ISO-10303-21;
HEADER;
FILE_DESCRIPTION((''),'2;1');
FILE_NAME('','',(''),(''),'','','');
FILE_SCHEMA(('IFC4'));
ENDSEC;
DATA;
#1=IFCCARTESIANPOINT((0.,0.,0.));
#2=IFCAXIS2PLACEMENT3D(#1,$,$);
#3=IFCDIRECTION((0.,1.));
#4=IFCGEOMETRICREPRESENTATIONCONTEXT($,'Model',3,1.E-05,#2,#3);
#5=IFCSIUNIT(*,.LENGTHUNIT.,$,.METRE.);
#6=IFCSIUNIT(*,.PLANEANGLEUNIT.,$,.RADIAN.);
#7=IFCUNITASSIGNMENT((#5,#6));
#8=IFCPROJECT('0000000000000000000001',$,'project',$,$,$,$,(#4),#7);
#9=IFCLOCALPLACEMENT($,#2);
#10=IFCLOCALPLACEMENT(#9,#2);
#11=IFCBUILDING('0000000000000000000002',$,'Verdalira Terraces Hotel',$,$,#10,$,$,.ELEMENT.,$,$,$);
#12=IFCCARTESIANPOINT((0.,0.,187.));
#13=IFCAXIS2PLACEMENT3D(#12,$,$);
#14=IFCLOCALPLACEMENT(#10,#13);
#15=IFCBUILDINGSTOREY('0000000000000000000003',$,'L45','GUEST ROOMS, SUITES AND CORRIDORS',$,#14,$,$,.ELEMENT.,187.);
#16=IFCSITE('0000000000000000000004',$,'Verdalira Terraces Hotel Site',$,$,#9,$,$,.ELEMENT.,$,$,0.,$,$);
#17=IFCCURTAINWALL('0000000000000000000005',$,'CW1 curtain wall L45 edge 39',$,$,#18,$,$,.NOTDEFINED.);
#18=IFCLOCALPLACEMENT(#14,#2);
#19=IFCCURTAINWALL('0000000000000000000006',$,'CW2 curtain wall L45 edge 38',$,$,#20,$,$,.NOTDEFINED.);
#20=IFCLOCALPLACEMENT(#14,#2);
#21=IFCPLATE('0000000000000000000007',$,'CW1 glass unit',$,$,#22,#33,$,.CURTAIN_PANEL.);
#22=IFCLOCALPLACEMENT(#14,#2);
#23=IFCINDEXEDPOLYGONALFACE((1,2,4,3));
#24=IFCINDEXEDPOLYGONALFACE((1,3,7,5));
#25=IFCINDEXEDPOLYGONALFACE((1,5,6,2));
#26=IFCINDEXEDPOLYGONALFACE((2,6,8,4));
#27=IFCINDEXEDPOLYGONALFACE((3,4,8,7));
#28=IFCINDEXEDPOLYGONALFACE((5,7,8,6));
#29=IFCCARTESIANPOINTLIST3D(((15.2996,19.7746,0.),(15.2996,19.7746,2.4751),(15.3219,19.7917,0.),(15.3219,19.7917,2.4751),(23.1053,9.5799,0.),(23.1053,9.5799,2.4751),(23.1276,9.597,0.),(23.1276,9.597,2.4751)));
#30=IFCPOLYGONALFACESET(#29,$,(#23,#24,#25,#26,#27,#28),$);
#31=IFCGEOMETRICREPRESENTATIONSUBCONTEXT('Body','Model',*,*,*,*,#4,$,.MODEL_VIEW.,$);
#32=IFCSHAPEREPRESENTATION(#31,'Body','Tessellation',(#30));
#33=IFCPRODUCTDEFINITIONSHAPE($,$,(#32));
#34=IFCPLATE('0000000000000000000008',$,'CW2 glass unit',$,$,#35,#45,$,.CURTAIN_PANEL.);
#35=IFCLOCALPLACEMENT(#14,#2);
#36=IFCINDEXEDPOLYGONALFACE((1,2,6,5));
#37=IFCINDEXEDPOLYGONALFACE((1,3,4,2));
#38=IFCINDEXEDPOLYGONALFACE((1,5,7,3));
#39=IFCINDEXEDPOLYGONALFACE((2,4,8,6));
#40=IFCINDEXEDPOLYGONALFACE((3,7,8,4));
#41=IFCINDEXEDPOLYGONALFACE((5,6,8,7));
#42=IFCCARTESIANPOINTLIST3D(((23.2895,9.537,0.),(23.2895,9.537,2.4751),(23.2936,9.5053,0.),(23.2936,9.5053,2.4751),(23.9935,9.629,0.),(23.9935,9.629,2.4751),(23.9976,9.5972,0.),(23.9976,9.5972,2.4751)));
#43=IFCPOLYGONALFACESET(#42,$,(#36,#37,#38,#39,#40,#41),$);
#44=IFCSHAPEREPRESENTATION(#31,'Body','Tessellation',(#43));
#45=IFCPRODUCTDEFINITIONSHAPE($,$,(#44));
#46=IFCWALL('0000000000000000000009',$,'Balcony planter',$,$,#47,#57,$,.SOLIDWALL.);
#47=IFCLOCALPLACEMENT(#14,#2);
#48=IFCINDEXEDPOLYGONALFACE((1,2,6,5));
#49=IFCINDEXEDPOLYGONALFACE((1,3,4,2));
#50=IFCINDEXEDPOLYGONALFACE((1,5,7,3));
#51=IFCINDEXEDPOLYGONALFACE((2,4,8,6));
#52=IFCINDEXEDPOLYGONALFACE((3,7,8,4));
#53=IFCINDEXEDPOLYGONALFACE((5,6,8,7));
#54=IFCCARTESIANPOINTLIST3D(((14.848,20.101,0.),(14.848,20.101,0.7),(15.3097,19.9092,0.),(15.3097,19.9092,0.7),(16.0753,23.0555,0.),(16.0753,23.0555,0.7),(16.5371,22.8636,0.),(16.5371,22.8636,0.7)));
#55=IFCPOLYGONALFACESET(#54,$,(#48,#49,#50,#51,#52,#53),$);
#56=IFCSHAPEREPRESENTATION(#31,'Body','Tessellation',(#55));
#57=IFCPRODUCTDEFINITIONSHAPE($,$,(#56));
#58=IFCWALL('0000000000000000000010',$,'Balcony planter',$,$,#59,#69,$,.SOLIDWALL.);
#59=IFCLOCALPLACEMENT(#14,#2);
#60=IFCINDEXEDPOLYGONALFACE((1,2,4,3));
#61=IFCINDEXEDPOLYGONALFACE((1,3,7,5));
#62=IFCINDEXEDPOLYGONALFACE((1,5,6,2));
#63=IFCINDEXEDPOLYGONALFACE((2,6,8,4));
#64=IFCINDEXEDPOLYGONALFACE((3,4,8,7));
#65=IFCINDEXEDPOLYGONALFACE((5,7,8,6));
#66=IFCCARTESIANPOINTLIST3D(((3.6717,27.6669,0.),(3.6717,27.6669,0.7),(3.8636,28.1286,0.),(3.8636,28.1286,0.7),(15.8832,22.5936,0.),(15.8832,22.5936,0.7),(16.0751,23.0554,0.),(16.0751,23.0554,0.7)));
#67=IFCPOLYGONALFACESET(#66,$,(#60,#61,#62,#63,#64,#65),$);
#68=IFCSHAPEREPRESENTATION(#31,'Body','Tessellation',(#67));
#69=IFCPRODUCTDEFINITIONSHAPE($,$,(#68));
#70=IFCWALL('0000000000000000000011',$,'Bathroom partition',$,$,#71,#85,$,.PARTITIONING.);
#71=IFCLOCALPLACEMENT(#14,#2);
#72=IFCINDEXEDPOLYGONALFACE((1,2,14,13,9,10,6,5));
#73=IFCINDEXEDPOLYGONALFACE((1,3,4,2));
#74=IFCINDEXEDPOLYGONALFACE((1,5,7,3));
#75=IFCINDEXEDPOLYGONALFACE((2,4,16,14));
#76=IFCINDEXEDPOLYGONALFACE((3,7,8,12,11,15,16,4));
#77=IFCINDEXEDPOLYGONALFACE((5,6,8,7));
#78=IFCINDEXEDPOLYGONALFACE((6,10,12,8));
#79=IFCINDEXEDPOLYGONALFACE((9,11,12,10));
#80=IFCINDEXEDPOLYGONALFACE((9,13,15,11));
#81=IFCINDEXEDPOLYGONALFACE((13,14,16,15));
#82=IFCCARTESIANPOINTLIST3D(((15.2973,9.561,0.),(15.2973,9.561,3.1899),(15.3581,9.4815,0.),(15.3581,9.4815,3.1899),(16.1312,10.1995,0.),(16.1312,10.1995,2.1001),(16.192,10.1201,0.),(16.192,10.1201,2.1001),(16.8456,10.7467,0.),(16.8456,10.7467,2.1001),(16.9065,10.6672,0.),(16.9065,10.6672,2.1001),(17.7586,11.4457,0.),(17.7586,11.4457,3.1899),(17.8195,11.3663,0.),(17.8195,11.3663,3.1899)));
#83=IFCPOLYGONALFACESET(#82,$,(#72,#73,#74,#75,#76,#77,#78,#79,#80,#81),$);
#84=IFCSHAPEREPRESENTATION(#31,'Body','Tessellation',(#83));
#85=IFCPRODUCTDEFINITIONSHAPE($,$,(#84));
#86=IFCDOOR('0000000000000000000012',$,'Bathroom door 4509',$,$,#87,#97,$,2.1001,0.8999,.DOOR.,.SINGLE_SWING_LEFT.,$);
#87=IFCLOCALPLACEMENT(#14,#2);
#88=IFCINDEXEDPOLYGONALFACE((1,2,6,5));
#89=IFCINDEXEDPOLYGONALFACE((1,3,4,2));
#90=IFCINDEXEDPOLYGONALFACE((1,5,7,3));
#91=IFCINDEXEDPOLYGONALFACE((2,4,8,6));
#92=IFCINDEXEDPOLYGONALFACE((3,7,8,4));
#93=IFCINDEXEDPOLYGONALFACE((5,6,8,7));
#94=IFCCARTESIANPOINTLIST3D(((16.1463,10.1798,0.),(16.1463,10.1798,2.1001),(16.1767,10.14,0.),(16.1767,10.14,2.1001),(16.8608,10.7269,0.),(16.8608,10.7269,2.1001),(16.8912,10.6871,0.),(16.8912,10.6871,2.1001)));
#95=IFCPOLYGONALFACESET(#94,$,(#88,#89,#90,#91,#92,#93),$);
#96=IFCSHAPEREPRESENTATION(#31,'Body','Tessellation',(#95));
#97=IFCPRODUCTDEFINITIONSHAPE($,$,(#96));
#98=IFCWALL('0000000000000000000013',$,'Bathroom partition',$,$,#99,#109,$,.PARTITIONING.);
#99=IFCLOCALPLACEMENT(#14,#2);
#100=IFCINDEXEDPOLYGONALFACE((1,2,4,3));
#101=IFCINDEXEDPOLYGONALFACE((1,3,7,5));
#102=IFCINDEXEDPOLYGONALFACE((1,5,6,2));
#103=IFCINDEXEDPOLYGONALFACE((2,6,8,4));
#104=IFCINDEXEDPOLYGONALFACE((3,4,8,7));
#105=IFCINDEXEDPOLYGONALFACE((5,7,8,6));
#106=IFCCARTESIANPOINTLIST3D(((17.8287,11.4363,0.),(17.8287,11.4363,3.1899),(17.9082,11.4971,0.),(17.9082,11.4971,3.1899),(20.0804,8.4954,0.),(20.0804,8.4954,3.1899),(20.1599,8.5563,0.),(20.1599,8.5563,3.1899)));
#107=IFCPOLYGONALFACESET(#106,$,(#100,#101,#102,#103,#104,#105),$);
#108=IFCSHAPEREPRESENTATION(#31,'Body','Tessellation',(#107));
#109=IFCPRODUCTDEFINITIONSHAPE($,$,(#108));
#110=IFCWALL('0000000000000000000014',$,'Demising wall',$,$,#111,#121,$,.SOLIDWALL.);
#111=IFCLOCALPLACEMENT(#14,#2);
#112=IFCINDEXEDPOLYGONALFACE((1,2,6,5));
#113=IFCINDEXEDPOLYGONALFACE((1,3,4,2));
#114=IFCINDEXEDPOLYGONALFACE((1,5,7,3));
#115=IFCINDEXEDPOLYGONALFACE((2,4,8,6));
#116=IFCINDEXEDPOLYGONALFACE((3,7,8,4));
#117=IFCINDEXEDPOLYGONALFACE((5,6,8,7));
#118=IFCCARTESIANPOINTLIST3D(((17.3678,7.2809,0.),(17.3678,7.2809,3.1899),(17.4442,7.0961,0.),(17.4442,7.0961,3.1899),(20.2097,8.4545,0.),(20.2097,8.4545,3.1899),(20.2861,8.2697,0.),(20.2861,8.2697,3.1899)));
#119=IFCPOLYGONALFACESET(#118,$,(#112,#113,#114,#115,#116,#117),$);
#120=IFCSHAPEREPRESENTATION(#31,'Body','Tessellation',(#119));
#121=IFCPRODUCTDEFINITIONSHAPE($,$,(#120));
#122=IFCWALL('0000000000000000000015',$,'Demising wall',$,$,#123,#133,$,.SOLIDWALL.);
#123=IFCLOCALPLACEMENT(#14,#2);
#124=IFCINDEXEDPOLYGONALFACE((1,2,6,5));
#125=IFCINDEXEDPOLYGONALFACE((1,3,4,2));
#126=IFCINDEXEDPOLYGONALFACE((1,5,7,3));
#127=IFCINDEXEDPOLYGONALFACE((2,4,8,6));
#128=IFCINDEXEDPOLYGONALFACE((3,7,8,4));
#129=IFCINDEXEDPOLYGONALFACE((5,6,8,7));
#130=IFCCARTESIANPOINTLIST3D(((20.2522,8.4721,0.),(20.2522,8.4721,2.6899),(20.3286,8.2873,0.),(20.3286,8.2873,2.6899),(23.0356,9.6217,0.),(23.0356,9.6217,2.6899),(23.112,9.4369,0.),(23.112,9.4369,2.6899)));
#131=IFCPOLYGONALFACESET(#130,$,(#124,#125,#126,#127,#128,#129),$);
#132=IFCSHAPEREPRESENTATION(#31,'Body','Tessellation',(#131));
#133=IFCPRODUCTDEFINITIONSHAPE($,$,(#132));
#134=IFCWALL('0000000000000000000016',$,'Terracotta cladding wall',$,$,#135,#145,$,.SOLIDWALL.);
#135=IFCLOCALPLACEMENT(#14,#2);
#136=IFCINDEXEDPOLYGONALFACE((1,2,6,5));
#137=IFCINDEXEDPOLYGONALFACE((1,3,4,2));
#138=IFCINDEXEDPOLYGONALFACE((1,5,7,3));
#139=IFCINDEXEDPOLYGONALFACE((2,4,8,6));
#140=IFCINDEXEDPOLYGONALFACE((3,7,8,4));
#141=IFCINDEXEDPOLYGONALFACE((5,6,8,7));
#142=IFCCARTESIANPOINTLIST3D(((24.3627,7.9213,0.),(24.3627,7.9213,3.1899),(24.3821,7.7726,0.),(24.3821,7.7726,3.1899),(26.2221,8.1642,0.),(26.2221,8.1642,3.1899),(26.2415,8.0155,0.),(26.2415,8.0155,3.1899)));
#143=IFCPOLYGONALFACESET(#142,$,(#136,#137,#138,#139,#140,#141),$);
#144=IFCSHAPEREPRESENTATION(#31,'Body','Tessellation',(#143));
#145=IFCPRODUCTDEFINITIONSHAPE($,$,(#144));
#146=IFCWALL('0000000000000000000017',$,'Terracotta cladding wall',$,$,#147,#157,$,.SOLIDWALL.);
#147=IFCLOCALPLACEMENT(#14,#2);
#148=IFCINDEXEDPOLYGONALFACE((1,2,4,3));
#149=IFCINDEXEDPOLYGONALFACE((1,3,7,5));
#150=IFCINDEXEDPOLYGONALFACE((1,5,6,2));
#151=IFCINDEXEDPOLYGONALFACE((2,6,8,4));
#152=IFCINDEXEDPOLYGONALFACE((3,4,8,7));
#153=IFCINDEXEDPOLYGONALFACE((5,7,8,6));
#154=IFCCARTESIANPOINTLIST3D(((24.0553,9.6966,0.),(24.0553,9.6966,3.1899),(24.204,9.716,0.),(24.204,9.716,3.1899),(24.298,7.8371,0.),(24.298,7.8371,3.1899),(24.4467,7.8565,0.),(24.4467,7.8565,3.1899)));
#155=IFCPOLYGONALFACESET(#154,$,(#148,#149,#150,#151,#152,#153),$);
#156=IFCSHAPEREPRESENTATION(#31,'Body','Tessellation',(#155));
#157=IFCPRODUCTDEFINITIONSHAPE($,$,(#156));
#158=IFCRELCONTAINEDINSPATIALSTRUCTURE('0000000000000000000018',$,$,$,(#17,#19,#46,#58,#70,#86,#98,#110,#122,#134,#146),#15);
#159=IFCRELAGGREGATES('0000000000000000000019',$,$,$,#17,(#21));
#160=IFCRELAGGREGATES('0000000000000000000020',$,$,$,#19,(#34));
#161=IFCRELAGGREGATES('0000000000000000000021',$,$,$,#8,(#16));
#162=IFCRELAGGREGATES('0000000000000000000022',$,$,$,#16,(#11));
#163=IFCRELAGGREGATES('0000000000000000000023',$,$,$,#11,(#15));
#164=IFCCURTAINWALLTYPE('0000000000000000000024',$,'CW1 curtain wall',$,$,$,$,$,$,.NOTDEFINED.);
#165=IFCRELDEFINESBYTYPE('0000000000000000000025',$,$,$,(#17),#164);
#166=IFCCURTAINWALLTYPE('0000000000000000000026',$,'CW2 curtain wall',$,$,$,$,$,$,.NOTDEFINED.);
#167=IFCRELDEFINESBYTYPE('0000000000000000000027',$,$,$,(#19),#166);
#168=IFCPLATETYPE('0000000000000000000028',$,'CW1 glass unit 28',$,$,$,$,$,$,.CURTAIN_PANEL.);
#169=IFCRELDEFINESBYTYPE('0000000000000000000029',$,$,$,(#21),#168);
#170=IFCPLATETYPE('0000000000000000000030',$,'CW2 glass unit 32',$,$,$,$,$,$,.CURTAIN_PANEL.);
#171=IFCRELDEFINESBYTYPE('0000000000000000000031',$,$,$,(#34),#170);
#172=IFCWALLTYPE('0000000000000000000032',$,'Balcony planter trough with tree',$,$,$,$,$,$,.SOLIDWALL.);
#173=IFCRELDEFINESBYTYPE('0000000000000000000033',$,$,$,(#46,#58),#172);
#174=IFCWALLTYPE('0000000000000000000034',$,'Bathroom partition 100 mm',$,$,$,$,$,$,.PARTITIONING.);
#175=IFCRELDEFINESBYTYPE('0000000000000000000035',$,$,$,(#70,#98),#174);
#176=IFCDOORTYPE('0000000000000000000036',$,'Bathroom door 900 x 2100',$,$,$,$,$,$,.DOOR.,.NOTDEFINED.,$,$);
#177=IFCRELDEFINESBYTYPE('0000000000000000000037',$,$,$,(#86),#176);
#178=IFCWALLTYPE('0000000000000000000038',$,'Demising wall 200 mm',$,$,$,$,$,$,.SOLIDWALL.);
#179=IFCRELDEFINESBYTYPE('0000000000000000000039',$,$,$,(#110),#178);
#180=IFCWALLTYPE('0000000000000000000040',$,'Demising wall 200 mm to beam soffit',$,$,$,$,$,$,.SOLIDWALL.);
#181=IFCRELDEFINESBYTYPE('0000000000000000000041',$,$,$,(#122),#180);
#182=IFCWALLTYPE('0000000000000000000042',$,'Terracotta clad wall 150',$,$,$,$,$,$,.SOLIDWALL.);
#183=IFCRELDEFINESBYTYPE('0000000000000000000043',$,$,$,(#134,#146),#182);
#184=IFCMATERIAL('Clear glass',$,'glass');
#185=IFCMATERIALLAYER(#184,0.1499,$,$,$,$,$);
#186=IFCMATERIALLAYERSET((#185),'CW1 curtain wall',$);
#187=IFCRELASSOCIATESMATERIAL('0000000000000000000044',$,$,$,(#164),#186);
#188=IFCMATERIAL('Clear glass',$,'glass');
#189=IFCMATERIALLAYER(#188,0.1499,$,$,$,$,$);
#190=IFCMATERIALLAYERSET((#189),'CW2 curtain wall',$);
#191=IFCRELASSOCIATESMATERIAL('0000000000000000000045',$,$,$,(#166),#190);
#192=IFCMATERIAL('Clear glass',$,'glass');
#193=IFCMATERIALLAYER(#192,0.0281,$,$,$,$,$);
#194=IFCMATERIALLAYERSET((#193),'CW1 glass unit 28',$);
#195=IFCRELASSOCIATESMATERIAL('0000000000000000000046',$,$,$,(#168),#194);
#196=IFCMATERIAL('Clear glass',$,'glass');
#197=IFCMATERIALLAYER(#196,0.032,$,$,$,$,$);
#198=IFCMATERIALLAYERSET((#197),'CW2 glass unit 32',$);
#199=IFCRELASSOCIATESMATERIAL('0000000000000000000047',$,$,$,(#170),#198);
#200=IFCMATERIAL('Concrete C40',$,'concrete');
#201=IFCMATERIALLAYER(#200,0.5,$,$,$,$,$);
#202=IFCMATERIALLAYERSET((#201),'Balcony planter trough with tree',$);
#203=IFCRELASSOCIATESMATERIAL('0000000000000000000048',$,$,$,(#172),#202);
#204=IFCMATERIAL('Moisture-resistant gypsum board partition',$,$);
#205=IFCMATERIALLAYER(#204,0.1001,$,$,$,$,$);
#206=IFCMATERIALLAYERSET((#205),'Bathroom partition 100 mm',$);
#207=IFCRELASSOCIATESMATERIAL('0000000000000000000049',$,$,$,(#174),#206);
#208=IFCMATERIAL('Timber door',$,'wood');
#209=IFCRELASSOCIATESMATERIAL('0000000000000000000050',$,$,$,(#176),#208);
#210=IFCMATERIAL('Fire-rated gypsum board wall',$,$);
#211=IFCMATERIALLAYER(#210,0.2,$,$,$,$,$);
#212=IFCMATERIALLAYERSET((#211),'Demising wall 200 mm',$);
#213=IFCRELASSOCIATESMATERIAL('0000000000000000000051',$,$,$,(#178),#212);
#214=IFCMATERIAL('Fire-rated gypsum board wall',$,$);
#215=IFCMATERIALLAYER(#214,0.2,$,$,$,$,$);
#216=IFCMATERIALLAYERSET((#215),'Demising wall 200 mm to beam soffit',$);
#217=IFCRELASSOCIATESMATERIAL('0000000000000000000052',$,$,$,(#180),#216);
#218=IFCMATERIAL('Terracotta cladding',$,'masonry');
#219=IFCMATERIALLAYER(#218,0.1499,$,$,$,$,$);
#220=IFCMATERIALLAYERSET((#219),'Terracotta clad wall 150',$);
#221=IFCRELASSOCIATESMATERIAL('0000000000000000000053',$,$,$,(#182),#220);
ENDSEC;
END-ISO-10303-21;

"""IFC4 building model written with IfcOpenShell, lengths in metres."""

from ifc_helpers import new_model, si_unit, direction, frame, frame_2d, origin, origin_2d, place, context, subcontext, project, spatial, rectangle, extrude, material, layer, layer_set, type_object, element, fill, aggregate, save


model = new_model("IFC4")

# Units and contexts
model_context = context("Model", 3, precision=1e-05, world=origin(), true_north=direction((0.0, 1.0)))
body_context = subcontext(model_context, "Body", "Model", "MODEL_VIEW")
ifc_project = project(units=[si_unit("LENGTHUNIT", "METRE"), si_unit("PLANEANGLEUNIT", "RADIAN")], contexts=[model_context])

# Site, building, storey
site_placement = place(None, origin())
site = spatial("IfcSite", under=ifc_project, at=site_placement, Name="Verdalira Terraces Hotel Site", CompositionType="ELEMENT", RefElevation=0.0)
building_placement = place(site_placement, origin())
building = spatial("IfcBuilding", under=site, at=building_placement, Name="Verdalira Terraces Hotel", CompositionType="ELEMENT")
storey_placement = place(building_placement, frame((0.0, 0.0, 187.0)))
storey = spatial("IfcBuildingStorey", under=building, at=storey_placement, Name="L45", Description="GUEST ROOMS, SUITES AND CORRIDORS", CompositionType="ELEMENT", Elevation=187.0)

# Curtain wall
ifc_material_1 = material(Name="Clear glass", Category="glass")
ifc_layer_1 = layer(ifc_material_1, 0.1499)
ifc_layer_set_1 = layer_set([ifc_layer_1], Name="CW1 curtain wall")
curtain_wall_type_1 = type_object("IfcCurtainWallType", Name="CW1 curtain wall", PredefinedType="NOTDEFINED", material=ifc_layer_set_1)
curtain_wall_1_placement = place(storey_placement, origin())
curtain_wall_1 = element("IfcCurtainWall", 1, at=curtain_wall_1_placement, inside=storey, type_object=curtain_wall_type_1, Name="CW1 curtain wall L45 edge 39", PredefinedType="NOTDEFINED")

# Curtain wall
ifc_material_2 = material(Name="Clear glass", Category="glass")
ifc_layer_2 = layer(ifc_material_2, 0.1499)
ifc_layer_set_2 = layer_set([ifc_layer_2], Name="CW2 curtain wall")
curtain_wall_type_2 = type_object("IfcCurtainWallType", Name="CW2 curtain wall", PredefinedType="NOTDEFINED", material=ifc_layer_set_2)
curtain_wall_2_placement = place(storey_placement, origin())
curtain_wall_2 = element("IfcCurtainWall", 2, at=curtain_wall_2_placement, inside=storey, type_object=curtain_wall_type_2, Name="CW2 curtain wall L45 edge 38", PredefinedType="NOTDEFINED")

# Plates
ifc_material_3 = material(Name="Clear glass", Category="glass")
ifc_layer_3 = layer(ifc_material_3, 0.0281)
ifc_layer_set_3 = layer_set([ifc_layer_3], Name="CW1 glass unit 28")
plate_type_1 = type_object("IfcPlateType", Name="CW1 glass unit 28", PredefinedType="CURTAIN_PANEL", material=ifc_layer_set_3)
plate_1_placement = place(storey_placement, frame((19.2136, 14.6858, 0.0), z_axis=(0.0, 0.0, 1.0), x_axis=(-0.60793, 0.79399, 0.0)))
plate_1 = element("IfcPlate", 3, at=plate_1_placement, type_object=plate_type_1, Name="CW1 glass unit", PredefinedType="CURTAIN_PANEL", context=body_context, shape_type="SweptSolid", body=[
    extrude(rectangle(XDim=12.8398, YDim=0.0281, at=origin_2d()), origin(), (0.0, 0.0, 1.0), 2.4751),
])
aggregate(curtain_wall_1, [plate_1])
ifc_material_4 = material(Name="Clear glass", Category="glass")
ifc_layer_4 = layer(ifc_material_4, 0.032)
ifc_layer_set_4 = layer_set([ifc_layer_4], Name="CW2 glass unit 32")
plate_type_2 = type_object("IfcPlateType", Name="CW2 glass unit 32", PredefinedType="CURTAIN_PANEL", material=ifc_layer_set_4)
plate_2_placement = place(storey_placement, frame((23.6436, 9.5671, 0.0), z_axis=(0.0, 0.0, 1.0), x_axis=(-0.991581, -0.129488, 0.0)))
plate_2 = element("IfcPlate", 4, at=plate_2_placement, type_object=plate_type_2, Name="CW2 glass unit", PredefinedType="CURTAIN_PANEL", context=body_context, shape_type="SweptSolid", body=[
    extrude(rectangle(XDim=0.71, YDim=0.032, at=origin_2d()), origin(), (0.0, 0.0, 1.0), 2.4751),
])
aggregate(curtain_wall_2, [plate_2])

# Walls
ifc_material_5 = material(Name="Concrete C40", Category="concrete")
ifc_layer_5 = layer(ifc_material_5, 0.5)
ifc_layer_set_5 = layer_set([ifc_layer_5], Name="Balcony planter trough with tree")
wall_type_1 = type_object("IfcWallType", Name="Balcony planter trough with tree", PredefinedType="SOLIDWALL", material=ifc_layer_set_5)
wall_1_placement = place(storey_placement, frame((15.0789, 20.0051, 0.0), z_axis=(0.0, 0.0, 1.0), x_axis=(0.383634, 0.923485, 0.0)))
element("IfcWall", 5, at=wall_1_placement, inside=storey, type_object=wall_type_1, Name="Balcony planter", PredefinedType="SOLIDWALL", context=body_context, shape_type="SweptSolid", body=[
    extrude(rectangle(XDim=3.1992, YDim=0.5, at=frame_2d((1.5996, 0.0))), origin(), (0.0, 0.0, 1.0), 0.7),
])
wall_2_placement = place(storey_placement, frame((15.9792, 22.8245, 0.0), z_axis=(0.0, 0.0, 1.0), x_axis=(-0.923475, 0.383658, 0.0)))
element("IfcWall", 6, at=wall_2_placement, inside=storey, type_object=wall_type_1, Name="Balcony planter", PredefinedType="SOLIDWALL", context=body_context, shape_type="SweptSolid", body=[
    extrude(rectangle(XDim=13.2234, YDim=0.5, at=frame_2d((6.6118, 0.0))), origin(), (0.0, 0.0, 1.0), 0.7),
])

# Wall, opening, door
ifc_material_6 = material(Name="Moisture-resistant gypsum board partition")
ifc_layer_6 = layer(ifc_material_6, 0.1001)
ifc_layer_set_6 = layer_set([ifc_layer_6], Name="Bathroom partition 100 mm")
wall_type_2 = type_object("IfcWallType", Name="Bathroom partition 100 mm", PredefinedType="PARTITIONING", material=ifc_layer_set_6)
wall_3_placement = place(storey_placement, frame((17.7891, 11.406, 0.0), z_axis=(0.0, 0.0, 1.0), x_axis=(-0.793969, -0.607959, 0.0)))
wall_3 = element("IfcWall", 7, at=wall_3_placement, inside=storey, type_object=wall_type_2, Name="Bathroom partition", PredefinedType="PARTITIONING", context=body_context, shape_type="SweptSolid", body=[
    extrude(rectangle(XDim=3.1001, YDim=0.1001, at=frame_2d((1.55, 0.0))), origin(), (0.0, 0.0, 1.0), 3.1899),
])
opening_1_placement = place(wall_3_placement, frame((1.1499, 0.0, 0.0)))
opening_1 = element("IfcOpeningElement", 8, at=opening_1_placement, cuts=wall_3, PredefinedType="OPENING", context=body_context, shape_type="SweptSolid", body=[
    extrude(rectangle(XDim=0.8999, YDim=2.1001, at=frame_2d((0.45, 1.05))), frame((0.0, 0.0601, 0.0), z_axis=(0.0, -1.0, 0.0), x_axis=(1.0, 0.0, 0.0)), (0.0, 0.0, 1.0), 0.1201),
])
ifc_material_7 = material(Name="Timber door", Category="wood")
door_type_1 = type_object("IfcDoorType", Name="Bathroom door 900 x 2100", OperationType="NOTDEFINED", PredefinedType="DOOR", material=ifc_material_7)
door_1_placement = place(opening_1_placement, origin())
door_1 = element("IfcDoor", 9, at=door_1_placement, inside=storey, type_object=door_type_1, Name="Bathroom door 4509", OperationType="SINGLE_SWING_LEFT", OverallHeight=2.1001, OverallWidth=0.8999, PredefinedType="DOOR", context=body_context, shape_type="SweptSolid", body=[
    extrude(rectangle(XDim=0.8999, YDim=2.1001, at=frame_2d((0.45, 1.05))), frame((0.0, 0.0249, 0.0), z_axis=(0.0, -1.0, 0.0), x_axis=(1.0, 0.0, 0.0)), (0.0, 0.0, 1.0), 0.05),
])
fill(opening_1, door_1)

# Walls
wall_4_placement = place(storey_placement, frame((17.8684, 11.4668, 0.0), z_axis=(0.0, 0.0, 1.0), x_axis=(0.607922, -0.793997, 0.0)))
element("IfcWall", 10, at=wall_4_placement, inside=storey, type_object=wall_type_2, Name="Bathroom partition", PredefinedType="PARTITIONING", context=body_context, shape_type="SweptSolid", body=[
    extrude(rectangle(XDim=3.7039, YDim=0.1001, at=frame_2d((1.8521, 0.0))), origin(), (0.0, 0.0, 1.0), 3.1899),
])
ifc_material_8 = material(Name="Fire-rated gypsum board wall")
ifc_layer_7 = layer(ifc_material_8, 0.2)
ifc_layer_set_7 = layer_set([ifc_layer_7], Name="Demising wall 200 mm")
wall_type_3 = type_object("IfcWallType", Name="Demising wall 200 mm", PredefinedType="SOLIDWALL", material=ifc_layer_set_7)
wall_5_placement = place(storey_placement, frame((17.406, 7.1885, 0.0), z_axis=(0.0, 0.0, 1.0), x_axis=(0.924285, 0.381704, 0.0)))
element("IfcWall", 11, at=wall_5_placement, inside=storey, type_object=wall_type_3, Name="Demising wall", PredefinedType="SOLIDWALL", context=body_context, shape_type="SweptSolid", body=[
    extrude(rectangle(XDim=3.0747, YDim=0.2, at=frame_2d((1.5374, 0.0))), origin(), (0.0, 0.0, 1.0), 3.1899),
])
ifc_material_9 = material(Name="Fire-rated gypsum board wall")
ifc_layer_8 = layer(ifc_material_9, 0.2)
ifc_layer_set_8 = layer_set([ifc_layer_8], Name="Demising wall 200 mm to beam soffit")
wall_type_4 = type_object("IfcWallType", Name="Demising wall 200 mm to beam soffit", PredefinedType="SOLIDWALL", material=ifc_layer_set_8)
wall_6_placement = place(storey_placement, frame((20.2903, 8.3796, 0.0), z_axis=(0.0, 0.0, 1.0), x_axis=(0.924265, 0.381753, 0.0)))
element("IfcWall", 12, at=wall_6_placement, inside=storey, type_object=wall_type_4, Name="Demising wall", PredefinedType="SOLIDWALL", context=body_context, shape_type="SweptSolid", body=[
    extrude(rectangle(XDim=3.0115, YDim=0.2, at=frame_2d((1.5059, 0.0))), origin(), (0.0, 0.0, 1.0), 2.6899),
])
ifc_material_10 = material(Name="Terracotta cladding", Category="masonry")
ifc_layer_9 = layer(ifc_material_10, 0.1499)
ifc_layer_set_9 = layer_set([ifc_layer_9], Name="Terracotta clad wall 150")
wall_type_5 = type_object("IfcWallType", Name="Terracotta clad wall 150", PredefinedType="SOLIDWALL", material=ifc_layer_set_9)
for number, where, z_axis, x_axis, name in (
    (13, (26.2317, 8.0898, 0.0), (0.0, 0.0, 1.0), (-0.991574, -0.129545, 0.0), "Terracotta cladding wall"),
    (14, (24.3723, 7.8469, 0.0), (0.0, 0.0, 1.0), (-0.129417, 0.99159, 0.0), "Terracotta cladding wall"),
):
    element("IfcWall", number, at=place(storey_placement, frame(where, z_axis=z_axis, x_axis=x_axis)), inside=storey, type_object=wall_type_5, Name=name, PredefinedType="SOLIDWALL", context=body_context, shape_type="SweptSolid", body=[
        extrude(rectangle(XDim=1.8752, YDim=0.1499, at=frame_2d((0.9375, 0.0))), origin(), (0.0, 0.0, 1.0), 3.1899),
    ])

save(model, "model.ifc")
